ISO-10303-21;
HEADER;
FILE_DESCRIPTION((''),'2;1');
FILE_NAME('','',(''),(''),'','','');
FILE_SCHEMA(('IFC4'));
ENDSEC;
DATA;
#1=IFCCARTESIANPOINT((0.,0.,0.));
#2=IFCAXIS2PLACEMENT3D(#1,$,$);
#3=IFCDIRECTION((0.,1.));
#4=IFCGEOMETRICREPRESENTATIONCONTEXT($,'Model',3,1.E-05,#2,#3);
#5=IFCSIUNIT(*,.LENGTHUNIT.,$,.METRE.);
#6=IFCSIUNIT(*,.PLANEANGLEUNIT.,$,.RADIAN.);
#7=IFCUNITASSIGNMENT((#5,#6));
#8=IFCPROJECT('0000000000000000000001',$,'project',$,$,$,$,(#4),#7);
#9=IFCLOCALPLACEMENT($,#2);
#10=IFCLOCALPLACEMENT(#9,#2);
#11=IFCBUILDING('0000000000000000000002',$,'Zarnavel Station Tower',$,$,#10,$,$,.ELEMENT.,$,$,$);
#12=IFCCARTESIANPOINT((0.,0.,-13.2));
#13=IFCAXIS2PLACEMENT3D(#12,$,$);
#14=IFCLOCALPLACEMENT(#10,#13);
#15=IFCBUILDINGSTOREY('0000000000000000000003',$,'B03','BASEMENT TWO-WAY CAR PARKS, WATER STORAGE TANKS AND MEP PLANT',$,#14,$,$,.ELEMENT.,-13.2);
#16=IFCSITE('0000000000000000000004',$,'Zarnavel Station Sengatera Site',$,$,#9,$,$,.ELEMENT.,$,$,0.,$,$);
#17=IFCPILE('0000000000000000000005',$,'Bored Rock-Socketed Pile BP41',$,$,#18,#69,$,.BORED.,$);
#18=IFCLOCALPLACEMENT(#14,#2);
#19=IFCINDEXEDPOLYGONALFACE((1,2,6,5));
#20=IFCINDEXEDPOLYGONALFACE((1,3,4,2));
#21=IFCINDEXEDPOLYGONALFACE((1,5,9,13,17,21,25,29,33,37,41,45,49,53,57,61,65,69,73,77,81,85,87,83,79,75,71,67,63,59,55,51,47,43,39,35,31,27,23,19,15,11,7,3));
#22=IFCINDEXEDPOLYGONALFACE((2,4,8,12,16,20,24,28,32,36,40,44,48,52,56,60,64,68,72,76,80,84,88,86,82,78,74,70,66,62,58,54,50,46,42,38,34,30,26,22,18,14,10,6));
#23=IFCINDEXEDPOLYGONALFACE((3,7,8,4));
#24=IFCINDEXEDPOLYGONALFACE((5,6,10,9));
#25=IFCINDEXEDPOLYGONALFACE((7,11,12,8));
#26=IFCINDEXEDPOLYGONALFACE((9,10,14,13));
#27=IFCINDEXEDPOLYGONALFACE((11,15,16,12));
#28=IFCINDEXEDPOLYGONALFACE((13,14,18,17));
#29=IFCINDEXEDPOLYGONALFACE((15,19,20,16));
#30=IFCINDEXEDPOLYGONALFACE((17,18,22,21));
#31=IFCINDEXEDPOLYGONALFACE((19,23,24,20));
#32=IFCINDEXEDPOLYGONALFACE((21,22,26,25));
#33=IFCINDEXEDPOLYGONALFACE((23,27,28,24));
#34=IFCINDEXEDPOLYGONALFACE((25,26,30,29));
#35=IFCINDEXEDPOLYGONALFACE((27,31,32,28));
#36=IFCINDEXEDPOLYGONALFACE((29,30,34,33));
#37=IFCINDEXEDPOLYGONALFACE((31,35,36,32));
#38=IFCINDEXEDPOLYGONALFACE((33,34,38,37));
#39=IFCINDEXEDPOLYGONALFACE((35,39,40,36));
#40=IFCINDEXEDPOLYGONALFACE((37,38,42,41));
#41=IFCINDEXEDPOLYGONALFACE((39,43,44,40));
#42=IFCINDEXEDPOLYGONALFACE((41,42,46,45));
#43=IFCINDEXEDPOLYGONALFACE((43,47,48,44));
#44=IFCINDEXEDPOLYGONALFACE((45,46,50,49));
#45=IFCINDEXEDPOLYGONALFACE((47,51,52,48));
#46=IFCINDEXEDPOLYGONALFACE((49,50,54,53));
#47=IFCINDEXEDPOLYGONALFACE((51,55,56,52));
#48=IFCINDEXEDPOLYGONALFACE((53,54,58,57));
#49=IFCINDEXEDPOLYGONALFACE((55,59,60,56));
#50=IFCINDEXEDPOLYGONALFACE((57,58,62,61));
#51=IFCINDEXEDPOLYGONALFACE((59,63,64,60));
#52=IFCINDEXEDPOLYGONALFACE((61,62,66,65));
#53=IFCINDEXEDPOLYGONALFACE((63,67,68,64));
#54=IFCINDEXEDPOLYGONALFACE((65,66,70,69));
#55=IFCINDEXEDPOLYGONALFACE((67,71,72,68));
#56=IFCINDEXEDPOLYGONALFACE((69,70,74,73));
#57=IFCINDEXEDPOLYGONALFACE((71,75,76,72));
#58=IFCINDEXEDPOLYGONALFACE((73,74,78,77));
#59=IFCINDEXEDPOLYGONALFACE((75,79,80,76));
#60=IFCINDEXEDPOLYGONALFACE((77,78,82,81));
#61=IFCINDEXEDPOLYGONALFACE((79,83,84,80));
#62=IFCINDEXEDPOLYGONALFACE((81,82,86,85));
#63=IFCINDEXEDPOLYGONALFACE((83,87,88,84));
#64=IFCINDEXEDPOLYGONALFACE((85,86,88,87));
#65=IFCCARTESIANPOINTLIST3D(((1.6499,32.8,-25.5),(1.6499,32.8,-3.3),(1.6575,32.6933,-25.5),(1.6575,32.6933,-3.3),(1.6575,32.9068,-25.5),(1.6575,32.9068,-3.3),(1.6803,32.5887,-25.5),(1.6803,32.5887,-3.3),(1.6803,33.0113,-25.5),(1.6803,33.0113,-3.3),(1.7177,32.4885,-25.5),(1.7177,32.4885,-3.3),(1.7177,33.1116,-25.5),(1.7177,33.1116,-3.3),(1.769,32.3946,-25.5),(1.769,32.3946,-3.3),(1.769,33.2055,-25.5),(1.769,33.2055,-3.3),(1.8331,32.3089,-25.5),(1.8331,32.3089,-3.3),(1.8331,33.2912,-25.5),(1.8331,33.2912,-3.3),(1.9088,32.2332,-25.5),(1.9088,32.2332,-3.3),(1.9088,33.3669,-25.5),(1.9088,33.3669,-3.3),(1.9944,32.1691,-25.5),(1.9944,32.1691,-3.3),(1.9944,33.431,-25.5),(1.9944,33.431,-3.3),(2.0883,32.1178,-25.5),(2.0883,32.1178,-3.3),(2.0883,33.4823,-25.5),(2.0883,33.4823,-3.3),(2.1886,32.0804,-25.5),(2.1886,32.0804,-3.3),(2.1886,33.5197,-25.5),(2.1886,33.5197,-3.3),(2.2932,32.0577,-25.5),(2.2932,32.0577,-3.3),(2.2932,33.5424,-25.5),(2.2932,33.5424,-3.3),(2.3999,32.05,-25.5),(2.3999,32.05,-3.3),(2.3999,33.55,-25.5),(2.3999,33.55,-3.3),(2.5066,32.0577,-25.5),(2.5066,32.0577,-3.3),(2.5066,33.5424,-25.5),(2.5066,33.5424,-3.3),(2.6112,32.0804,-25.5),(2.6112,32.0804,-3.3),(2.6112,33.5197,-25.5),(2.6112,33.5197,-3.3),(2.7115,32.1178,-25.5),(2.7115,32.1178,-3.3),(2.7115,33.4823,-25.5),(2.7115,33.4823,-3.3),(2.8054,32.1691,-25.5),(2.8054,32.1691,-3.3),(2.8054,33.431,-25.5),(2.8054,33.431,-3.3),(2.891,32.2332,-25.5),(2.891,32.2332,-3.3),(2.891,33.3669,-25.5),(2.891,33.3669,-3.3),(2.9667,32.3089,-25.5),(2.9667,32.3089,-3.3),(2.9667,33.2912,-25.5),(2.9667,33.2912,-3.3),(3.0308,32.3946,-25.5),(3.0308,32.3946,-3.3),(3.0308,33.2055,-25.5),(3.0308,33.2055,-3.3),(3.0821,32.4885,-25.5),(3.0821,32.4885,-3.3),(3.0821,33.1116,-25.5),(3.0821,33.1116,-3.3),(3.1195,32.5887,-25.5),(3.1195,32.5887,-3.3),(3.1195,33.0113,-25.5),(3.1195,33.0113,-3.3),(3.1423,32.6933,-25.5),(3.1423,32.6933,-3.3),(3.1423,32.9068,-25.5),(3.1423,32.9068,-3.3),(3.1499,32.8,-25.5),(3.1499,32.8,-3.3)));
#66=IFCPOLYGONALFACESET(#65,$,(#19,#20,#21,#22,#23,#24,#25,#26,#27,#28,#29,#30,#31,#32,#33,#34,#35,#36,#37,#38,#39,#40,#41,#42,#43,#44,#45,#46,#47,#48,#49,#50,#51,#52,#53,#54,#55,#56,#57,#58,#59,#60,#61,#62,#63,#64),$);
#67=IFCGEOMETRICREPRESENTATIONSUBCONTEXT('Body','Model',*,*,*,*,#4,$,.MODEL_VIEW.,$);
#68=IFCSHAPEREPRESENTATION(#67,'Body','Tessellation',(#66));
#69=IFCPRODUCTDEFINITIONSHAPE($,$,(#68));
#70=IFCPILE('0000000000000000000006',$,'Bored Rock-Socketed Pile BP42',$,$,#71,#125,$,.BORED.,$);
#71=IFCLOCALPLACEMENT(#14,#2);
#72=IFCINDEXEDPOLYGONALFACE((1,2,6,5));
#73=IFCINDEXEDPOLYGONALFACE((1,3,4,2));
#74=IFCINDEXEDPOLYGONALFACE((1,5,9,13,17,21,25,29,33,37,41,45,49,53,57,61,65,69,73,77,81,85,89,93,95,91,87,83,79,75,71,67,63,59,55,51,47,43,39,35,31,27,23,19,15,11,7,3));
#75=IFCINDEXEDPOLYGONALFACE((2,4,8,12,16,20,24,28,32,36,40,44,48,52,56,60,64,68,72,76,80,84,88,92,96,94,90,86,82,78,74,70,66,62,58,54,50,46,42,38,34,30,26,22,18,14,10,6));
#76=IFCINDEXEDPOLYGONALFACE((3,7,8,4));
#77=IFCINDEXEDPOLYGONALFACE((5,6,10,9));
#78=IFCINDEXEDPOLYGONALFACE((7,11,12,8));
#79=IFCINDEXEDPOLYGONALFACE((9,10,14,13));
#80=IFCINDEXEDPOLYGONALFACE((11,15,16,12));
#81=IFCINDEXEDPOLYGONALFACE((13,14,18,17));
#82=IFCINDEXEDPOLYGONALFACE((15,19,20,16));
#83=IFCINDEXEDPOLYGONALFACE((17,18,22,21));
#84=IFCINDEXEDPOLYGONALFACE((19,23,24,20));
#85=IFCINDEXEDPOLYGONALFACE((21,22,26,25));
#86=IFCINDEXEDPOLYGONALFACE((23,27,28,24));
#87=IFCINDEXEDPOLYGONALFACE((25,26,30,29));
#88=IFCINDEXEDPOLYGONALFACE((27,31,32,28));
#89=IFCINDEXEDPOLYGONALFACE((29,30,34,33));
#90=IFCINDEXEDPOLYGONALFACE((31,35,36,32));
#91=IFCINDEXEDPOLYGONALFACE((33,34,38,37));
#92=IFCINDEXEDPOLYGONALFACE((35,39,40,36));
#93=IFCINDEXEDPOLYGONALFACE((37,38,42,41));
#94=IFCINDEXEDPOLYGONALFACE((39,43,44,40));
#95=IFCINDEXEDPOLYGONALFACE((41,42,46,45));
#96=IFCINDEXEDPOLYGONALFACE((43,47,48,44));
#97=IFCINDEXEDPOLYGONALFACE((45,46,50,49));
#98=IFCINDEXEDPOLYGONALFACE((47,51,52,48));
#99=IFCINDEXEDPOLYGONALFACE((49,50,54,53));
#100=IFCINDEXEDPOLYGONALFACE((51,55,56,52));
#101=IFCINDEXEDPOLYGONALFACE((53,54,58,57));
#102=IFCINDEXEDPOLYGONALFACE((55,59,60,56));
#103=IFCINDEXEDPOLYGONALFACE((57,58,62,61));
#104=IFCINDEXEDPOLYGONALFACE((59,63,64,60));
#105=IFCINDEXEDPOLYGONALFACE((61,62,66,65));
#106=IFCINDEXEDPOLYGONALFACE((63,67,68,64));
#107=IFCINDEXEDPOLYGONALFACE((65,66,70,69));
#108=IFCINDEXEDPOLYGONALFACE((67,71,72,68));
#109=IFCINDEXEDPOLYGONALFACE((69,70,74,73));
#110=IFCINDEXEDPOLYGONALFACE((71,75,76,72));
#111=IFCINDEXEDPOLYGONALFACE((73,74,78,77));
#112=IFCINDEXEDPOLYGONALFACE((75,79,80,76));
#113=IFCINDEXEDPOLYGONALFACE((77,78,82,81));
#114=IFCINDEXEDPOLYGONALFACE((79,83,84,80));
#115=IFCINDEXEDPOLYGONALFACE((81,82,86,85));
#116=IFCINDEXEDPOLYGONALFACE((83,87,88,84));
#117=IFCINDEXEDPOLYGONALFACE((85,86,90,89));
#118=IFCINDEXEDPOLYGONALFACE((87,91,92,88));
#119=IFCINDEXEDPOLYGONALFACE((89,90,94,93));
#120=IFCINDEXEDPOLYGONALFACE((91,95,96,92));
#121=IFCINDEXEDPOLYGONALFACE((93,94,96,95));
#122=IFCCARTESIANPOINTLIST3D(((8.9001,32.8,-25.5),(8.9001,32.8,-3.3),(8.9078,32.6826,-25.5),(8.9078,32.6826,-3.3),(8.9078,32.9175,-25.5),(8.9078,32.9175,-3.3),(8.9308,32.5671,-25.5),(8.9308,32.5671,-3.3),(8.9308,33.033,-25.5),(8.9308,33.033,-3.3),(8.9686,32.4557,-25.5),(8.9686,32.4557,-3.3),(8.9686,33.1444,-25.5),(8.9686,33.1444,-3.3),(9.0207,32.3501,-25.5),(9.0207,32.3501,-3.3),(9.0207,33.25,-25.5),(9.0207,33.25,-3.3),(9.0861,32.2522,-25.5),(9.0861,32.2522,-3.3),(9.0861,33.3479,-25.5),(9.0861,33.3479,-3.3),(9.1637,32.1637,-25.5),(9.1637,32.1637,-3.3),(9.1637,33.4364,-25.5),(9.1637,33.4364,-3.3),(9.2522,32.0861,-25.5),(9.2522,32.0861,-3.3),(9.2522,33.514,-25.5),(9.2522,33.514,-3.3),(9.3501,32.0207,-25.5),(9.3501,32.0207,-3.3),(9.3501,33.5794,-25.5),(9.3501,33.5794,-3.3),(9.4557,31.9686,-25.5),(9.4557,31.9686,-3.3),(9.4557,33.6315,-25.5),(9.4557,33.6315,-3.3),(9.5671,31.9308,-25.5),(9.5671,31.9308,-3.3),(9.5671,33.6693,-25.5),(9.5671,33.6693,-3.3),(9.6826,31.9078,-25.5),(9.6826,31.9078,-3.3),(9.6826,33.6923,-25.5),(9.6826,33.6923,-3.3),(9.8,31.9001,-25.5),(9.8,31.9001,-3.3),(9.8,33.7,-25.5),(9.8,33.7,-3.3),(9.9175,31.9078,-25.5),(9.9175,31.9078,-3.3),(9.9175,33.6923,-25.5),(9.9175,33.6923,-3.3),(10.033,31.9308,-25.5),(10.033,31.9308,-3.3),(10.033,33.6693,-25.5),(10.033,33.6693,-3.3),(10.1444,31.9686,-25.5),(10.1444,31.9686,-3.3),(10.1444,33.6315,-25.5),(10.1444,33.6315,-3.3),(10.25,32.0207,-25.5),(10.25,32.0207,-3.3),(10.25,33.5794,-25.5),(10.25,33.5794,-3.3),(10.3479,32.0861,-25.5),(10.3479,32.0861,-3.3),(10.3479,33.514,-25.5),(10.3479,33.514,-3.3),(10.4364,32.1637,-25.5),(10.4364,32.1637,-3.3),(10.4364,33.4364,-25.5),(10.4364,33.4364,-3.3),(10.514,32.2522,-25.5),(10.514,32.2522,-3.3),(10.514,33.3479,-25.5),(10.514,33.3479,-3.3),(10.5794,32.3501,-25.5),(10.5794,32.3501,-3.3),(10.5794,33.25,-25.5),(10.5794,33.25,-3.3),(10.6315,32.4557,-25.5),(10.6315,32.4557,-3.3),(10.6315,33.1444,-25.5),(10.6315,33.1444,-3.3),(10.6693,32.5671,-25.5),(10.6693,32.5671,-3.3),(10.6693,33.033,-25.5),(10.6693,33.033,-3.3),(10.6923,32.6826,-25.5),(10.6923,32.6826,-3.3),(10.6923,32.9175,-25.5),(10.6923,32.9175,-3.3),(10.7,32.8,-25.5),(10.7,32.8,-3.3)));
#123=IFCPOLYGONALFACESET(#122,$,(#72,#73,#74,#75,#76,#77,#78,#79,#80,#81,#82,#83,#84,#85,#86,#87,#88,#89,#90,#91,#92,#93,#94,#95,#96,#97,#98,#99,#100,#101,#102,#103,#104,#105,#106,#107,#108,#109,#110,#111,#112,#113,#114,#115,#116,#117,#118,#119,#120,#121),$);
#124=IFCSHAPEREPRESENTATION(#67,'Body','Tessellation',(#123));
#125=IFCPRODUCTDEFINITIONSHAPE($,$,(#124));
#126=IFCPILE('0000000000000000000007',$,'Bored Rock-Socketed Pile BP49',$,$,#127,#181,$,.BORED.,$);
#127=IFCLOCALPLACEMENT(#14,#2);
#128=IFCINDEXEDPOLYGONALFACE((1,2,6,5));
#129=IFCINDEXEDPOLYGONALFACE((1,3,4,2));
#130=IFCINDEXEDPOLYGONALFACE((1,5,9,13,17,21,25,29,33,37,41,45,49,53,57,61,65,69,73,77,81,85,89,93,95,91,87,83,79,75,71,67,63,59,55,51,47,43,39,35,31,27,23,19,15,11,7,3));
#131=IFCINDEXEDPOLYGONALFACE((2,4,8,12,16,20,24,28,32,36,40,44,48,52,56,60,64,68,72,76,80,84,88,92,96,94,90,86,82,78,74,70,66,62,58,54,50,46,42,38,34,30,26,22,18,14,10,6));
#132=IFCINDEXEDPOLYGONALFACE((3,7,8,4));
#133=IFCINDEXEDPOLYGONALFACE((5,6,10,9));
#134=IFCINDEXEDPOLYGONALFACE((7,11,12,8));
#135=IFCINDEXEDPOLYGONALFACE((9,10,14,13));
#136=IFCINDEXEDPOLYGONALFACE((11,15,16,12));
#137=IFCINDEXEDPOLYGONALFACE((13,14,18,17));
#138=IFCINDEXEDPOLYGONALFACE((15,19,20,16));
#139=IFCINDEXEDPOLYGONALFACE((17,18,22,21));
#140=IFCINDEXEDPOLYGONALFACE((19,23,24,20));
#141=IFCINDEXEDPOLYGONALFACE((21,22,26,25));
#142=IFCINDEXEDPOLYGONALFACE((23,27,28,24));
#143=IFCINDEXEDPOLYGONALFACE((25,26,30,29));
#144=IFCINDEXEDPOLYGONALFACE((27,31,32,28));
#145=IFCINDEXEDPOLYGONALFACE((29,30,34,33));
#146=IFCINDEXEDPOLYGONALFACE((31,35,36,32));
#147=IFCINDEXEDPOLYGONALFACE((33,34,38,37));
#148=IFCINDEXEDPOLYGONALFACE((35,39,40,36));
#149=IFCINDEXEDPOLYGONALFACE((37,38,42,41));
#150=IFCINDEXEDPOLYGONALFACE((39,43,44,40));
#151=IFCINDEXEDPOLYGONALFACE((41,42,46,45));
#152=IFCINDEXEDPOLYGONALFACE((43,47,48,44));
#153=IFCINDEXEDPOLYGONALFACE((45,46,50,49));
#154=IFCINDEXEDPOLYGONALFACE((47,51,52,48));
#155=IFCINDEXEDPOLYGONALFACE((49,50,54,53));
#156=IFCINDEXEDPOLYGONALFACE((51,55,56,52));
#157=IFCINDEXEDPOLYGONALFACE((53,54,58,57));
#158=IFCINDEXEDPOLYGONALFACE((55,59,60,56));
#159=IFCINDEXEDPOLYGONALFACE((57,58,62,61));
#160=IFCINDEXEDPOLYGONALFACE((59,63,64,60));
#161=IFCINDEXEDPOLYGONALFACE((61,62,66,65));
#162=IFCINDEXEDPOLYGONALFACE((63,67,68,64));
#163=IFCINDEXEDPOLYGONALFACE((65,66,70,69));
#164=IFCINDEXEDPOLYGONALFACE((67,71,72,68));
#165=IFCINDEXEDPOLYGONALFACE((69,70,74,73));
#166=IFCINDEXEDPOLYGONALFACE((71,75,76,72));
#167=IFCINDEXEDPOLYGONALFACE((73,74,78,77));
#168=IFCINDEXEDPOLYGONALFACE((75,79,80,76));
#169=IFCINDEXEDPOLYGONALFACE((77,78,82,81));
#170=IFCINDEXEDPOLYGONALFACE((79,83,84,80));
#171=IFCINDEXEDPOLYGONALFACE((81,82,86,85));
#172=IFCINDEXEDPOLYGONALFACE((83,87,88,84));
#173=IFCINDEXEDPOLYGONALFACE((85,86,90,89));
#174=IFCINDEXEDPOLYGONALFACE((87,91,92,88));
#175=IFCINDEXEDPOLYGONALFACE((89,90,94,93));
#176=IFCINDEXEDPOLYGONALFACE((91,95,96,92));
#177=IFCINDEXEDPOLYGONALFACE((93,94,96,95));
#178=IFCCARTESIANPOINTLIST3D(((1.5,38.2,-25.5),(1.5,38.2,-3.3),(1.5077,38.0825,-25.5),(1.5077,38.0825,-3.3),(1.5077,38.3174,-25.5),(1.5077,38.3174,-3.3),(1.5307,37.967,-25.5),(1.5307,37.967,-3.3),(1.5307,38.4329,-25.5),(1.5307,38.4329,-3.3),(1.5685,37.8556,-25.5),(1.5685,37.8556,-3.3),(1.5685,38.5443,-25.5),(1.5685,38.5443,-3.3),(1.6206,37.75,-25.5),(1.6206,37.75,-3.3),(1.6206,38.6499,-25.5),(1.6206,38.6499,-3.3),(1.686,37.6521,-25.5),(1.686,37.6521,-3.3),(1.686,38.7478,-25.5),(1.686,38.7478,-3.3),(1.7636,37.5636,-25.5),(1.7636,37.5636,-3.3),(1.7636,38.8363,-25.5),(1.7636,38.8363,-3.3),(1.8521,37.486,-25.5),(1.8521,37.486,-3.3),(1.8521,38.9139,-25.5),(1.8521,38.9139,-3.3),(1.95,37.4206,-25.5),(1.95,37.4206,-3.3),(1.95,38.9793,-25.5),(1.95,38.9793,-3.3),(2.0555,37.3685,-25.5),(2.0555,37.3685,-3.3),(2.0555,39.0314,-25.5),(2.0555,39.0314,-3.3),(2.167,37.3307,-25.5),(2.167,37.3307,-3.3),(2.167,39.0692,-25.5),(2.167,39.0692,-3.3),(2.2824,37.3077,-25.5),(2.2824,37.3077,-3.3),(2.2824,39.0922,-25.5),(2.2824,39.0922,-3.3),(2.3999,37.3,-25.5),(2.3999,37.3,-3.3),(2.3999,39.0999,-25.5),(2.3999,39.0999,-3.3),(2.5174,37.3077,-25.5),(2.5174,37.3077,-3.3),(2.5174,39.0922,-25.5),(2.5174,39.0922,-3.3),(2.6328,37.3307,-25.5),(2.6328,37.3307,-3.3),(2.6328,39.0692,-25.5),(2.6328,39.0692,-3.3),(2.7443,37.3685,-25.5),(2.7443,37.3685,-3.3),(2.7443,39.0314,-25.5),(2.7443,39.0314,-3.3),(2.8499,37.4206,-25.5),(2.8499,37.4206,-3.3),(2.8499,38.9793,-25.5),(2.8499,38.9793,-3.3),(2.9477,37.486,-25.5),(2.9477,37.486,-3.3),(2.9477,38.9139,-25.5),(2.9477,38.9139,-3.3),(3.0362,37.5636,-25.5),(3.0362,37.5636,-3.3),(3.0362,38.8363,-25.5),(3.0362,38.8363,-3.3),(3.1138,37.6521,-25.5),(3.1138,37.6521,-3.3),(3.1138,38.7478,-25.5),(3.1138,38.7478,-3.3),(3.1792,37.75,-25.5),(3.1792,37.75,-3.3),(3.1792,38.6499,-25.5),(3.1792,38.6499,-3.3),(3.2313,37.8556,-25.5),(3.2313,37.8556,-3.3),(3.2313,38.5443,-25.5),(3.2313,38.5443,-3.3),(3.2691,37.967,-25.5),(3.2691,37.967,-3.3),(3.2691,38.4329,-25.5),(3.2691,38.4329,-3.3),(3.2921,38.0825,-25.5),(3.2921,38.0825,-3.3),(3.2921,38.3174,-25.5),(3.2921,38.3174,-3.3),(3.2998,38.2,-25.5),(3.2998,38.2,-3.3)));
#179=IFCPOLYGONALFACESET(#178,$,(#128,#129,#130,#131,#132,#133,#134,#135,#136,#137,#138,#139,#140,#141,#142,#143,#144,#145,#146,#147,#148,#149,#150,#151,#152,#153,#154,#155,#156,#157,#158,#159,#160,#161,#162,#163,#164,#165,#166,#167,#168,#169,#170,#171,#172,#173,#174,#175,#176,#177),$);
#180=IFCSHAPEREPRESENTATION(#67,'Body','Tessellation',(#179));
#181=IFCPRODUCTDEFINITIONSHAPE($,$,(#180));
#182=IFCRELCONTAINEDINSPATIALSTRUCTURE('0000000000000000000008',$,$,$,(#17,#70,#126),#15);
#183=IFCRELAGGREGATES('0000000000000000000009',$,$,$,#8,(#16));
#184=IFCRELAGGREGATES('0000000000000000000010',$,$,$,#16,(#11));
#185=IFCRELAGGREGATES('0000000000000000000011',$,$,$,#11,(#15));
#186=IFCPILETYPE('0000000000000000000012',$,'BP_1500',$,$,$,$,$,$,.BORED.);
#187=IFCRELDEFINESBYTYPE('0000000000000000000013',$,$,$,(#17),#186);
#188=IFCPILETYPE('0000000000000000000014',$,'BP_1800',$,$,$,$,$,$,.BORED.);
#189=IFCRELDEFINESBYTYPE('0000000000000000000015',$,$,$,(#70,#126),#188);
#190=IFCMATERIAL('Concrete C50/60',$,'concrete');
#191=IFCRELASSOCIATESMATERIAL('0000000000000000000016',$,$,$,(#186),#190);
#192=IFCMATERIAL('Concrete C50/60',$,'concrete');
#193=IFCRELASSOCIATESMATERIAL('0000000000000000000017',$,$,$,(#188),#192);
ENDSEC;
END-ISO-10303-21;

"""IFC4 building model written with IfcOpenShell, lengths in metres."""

from ifc_helpers import new_model, si_unit, direction, frame, origin, origin_2d, place, context, subcontext, project, spatial, circle, extrude, material, material_profile, profile_set, type_object, element, save


model = new_model("IFC4")

# Units and contexts
model_context = context("Model", 3, precision=1e-05, world=origin(), true_north=direction((0.0, 1.0)))
body_context = subcontext(model_context, "Body", "Model", "MODEL_VIEW")
ifc_project = project(units=[si_unit("LENGTHUNIT", "METRE"), si_unit("PLANEANGLEUNIT", "RADIAN")], contexts=[model_context])

# Site, building, storey
site_placement = place(None, origin())
site = spatial("IfcSite", under=ifc_project, at=site_placement, Name="Zarnavel Station Sengatera Site", CompositionType="ELEMENT", RefElevation=0.0)
building_placement = place(site_placement, origin())
building = spatial("IfcBuilding", under=site, at=building_placement, Name="Zarnavel Station Tower", CompositionType="ELEMENT")
storey_placement = place(building_placement, frame((0.0, 0.0, -13.2)))
storey = spatial("IfcBuildingStorey", under=building, at=storey_placement, Name="B03", Description="BASEMENT TWO-WAY CAR PARKS, WATER STORAGE TANKS AND MEP PLANT", CompositionType="ELEMENT", Elevation=-13.2)

# Piles
ifc_material_1 = material(Name="Concrete C50/60", Category="concrete")
ifc_material_profile_1 = material_profile(ifc_material_1, circle(Radius=0.75, at=origin_2d()), Name="PILE1500")
ifc_profile_set_1 = profile_set([ifc_material_profile_1], Name="Concrete C50/60")
pile_type_1 = type_object("IfcPileType", Name="BP_1500", PredefinedType="BORED", material=ifc_profile_set_1)
pile_placement = place(storey_placement, frame((2.3999, 32.8, -3.3), z_axis=(0.0, 0.0, -1.0), x_axis=(1.0, 0.0, 0.0)))
element("IfcPile", 1, at=pile_placement, inside=storey, type_object=pile_type_1, Name="Bored Rock-Socketed Pile BP41", PredefinedType="BORED", context=body_context, shape_type="SweptSolid", body=[
    extrude(circle(Radius=0.75, at=origin_2d()), origin(), (0.0, 0.0, 1.0), 22.2),
])
ifc_material_2 = material(Name="Concrete C50/60", Category="concrete")
ifc_material_profile_2 = material_profile(ifc_material_2, circle(Radius=0.8999, at=origin_2d()), Name="PILE1800")
ifc_profile_set_2 = profile_set([ifc_material_profile_2], Name="Concrete C50/60")
pile_type_2 = type_object("IfcPileType", Name="BP_1800", PredefinedType="BORED", material=ifc_profile_set_2)
for number, where, z_axis, x_axis, name in (
    (2, (9.8, 32.8, -3.3), (0.0, 0.0, -1.0), (1.0, 0.0, 0.0), "Bored Rock-Socketed Pile BP42"),
    (3, (2.3999, 38.2, -3.3), (0.0, 0.0, -1.0), (1.0, 0.0, 0.0), "Bored Rock-Socketed Pile BP49"),
):
    element("IfcPile", number, at=place(storey_placement, frame(where, z_axis=z_axis, x_axis=x_axis)), inside=storey, type_object=pile_type_2, Name=name, PredefinedType="BORED", context=body_context, shape_type="SweptSolid", body=[
        extrude(circle(Radius=0.8999, at=origin_2d()), origin(), (0.0, 0.0, 1.0), 22.2),
    ])

save(model, "model.ifc")
